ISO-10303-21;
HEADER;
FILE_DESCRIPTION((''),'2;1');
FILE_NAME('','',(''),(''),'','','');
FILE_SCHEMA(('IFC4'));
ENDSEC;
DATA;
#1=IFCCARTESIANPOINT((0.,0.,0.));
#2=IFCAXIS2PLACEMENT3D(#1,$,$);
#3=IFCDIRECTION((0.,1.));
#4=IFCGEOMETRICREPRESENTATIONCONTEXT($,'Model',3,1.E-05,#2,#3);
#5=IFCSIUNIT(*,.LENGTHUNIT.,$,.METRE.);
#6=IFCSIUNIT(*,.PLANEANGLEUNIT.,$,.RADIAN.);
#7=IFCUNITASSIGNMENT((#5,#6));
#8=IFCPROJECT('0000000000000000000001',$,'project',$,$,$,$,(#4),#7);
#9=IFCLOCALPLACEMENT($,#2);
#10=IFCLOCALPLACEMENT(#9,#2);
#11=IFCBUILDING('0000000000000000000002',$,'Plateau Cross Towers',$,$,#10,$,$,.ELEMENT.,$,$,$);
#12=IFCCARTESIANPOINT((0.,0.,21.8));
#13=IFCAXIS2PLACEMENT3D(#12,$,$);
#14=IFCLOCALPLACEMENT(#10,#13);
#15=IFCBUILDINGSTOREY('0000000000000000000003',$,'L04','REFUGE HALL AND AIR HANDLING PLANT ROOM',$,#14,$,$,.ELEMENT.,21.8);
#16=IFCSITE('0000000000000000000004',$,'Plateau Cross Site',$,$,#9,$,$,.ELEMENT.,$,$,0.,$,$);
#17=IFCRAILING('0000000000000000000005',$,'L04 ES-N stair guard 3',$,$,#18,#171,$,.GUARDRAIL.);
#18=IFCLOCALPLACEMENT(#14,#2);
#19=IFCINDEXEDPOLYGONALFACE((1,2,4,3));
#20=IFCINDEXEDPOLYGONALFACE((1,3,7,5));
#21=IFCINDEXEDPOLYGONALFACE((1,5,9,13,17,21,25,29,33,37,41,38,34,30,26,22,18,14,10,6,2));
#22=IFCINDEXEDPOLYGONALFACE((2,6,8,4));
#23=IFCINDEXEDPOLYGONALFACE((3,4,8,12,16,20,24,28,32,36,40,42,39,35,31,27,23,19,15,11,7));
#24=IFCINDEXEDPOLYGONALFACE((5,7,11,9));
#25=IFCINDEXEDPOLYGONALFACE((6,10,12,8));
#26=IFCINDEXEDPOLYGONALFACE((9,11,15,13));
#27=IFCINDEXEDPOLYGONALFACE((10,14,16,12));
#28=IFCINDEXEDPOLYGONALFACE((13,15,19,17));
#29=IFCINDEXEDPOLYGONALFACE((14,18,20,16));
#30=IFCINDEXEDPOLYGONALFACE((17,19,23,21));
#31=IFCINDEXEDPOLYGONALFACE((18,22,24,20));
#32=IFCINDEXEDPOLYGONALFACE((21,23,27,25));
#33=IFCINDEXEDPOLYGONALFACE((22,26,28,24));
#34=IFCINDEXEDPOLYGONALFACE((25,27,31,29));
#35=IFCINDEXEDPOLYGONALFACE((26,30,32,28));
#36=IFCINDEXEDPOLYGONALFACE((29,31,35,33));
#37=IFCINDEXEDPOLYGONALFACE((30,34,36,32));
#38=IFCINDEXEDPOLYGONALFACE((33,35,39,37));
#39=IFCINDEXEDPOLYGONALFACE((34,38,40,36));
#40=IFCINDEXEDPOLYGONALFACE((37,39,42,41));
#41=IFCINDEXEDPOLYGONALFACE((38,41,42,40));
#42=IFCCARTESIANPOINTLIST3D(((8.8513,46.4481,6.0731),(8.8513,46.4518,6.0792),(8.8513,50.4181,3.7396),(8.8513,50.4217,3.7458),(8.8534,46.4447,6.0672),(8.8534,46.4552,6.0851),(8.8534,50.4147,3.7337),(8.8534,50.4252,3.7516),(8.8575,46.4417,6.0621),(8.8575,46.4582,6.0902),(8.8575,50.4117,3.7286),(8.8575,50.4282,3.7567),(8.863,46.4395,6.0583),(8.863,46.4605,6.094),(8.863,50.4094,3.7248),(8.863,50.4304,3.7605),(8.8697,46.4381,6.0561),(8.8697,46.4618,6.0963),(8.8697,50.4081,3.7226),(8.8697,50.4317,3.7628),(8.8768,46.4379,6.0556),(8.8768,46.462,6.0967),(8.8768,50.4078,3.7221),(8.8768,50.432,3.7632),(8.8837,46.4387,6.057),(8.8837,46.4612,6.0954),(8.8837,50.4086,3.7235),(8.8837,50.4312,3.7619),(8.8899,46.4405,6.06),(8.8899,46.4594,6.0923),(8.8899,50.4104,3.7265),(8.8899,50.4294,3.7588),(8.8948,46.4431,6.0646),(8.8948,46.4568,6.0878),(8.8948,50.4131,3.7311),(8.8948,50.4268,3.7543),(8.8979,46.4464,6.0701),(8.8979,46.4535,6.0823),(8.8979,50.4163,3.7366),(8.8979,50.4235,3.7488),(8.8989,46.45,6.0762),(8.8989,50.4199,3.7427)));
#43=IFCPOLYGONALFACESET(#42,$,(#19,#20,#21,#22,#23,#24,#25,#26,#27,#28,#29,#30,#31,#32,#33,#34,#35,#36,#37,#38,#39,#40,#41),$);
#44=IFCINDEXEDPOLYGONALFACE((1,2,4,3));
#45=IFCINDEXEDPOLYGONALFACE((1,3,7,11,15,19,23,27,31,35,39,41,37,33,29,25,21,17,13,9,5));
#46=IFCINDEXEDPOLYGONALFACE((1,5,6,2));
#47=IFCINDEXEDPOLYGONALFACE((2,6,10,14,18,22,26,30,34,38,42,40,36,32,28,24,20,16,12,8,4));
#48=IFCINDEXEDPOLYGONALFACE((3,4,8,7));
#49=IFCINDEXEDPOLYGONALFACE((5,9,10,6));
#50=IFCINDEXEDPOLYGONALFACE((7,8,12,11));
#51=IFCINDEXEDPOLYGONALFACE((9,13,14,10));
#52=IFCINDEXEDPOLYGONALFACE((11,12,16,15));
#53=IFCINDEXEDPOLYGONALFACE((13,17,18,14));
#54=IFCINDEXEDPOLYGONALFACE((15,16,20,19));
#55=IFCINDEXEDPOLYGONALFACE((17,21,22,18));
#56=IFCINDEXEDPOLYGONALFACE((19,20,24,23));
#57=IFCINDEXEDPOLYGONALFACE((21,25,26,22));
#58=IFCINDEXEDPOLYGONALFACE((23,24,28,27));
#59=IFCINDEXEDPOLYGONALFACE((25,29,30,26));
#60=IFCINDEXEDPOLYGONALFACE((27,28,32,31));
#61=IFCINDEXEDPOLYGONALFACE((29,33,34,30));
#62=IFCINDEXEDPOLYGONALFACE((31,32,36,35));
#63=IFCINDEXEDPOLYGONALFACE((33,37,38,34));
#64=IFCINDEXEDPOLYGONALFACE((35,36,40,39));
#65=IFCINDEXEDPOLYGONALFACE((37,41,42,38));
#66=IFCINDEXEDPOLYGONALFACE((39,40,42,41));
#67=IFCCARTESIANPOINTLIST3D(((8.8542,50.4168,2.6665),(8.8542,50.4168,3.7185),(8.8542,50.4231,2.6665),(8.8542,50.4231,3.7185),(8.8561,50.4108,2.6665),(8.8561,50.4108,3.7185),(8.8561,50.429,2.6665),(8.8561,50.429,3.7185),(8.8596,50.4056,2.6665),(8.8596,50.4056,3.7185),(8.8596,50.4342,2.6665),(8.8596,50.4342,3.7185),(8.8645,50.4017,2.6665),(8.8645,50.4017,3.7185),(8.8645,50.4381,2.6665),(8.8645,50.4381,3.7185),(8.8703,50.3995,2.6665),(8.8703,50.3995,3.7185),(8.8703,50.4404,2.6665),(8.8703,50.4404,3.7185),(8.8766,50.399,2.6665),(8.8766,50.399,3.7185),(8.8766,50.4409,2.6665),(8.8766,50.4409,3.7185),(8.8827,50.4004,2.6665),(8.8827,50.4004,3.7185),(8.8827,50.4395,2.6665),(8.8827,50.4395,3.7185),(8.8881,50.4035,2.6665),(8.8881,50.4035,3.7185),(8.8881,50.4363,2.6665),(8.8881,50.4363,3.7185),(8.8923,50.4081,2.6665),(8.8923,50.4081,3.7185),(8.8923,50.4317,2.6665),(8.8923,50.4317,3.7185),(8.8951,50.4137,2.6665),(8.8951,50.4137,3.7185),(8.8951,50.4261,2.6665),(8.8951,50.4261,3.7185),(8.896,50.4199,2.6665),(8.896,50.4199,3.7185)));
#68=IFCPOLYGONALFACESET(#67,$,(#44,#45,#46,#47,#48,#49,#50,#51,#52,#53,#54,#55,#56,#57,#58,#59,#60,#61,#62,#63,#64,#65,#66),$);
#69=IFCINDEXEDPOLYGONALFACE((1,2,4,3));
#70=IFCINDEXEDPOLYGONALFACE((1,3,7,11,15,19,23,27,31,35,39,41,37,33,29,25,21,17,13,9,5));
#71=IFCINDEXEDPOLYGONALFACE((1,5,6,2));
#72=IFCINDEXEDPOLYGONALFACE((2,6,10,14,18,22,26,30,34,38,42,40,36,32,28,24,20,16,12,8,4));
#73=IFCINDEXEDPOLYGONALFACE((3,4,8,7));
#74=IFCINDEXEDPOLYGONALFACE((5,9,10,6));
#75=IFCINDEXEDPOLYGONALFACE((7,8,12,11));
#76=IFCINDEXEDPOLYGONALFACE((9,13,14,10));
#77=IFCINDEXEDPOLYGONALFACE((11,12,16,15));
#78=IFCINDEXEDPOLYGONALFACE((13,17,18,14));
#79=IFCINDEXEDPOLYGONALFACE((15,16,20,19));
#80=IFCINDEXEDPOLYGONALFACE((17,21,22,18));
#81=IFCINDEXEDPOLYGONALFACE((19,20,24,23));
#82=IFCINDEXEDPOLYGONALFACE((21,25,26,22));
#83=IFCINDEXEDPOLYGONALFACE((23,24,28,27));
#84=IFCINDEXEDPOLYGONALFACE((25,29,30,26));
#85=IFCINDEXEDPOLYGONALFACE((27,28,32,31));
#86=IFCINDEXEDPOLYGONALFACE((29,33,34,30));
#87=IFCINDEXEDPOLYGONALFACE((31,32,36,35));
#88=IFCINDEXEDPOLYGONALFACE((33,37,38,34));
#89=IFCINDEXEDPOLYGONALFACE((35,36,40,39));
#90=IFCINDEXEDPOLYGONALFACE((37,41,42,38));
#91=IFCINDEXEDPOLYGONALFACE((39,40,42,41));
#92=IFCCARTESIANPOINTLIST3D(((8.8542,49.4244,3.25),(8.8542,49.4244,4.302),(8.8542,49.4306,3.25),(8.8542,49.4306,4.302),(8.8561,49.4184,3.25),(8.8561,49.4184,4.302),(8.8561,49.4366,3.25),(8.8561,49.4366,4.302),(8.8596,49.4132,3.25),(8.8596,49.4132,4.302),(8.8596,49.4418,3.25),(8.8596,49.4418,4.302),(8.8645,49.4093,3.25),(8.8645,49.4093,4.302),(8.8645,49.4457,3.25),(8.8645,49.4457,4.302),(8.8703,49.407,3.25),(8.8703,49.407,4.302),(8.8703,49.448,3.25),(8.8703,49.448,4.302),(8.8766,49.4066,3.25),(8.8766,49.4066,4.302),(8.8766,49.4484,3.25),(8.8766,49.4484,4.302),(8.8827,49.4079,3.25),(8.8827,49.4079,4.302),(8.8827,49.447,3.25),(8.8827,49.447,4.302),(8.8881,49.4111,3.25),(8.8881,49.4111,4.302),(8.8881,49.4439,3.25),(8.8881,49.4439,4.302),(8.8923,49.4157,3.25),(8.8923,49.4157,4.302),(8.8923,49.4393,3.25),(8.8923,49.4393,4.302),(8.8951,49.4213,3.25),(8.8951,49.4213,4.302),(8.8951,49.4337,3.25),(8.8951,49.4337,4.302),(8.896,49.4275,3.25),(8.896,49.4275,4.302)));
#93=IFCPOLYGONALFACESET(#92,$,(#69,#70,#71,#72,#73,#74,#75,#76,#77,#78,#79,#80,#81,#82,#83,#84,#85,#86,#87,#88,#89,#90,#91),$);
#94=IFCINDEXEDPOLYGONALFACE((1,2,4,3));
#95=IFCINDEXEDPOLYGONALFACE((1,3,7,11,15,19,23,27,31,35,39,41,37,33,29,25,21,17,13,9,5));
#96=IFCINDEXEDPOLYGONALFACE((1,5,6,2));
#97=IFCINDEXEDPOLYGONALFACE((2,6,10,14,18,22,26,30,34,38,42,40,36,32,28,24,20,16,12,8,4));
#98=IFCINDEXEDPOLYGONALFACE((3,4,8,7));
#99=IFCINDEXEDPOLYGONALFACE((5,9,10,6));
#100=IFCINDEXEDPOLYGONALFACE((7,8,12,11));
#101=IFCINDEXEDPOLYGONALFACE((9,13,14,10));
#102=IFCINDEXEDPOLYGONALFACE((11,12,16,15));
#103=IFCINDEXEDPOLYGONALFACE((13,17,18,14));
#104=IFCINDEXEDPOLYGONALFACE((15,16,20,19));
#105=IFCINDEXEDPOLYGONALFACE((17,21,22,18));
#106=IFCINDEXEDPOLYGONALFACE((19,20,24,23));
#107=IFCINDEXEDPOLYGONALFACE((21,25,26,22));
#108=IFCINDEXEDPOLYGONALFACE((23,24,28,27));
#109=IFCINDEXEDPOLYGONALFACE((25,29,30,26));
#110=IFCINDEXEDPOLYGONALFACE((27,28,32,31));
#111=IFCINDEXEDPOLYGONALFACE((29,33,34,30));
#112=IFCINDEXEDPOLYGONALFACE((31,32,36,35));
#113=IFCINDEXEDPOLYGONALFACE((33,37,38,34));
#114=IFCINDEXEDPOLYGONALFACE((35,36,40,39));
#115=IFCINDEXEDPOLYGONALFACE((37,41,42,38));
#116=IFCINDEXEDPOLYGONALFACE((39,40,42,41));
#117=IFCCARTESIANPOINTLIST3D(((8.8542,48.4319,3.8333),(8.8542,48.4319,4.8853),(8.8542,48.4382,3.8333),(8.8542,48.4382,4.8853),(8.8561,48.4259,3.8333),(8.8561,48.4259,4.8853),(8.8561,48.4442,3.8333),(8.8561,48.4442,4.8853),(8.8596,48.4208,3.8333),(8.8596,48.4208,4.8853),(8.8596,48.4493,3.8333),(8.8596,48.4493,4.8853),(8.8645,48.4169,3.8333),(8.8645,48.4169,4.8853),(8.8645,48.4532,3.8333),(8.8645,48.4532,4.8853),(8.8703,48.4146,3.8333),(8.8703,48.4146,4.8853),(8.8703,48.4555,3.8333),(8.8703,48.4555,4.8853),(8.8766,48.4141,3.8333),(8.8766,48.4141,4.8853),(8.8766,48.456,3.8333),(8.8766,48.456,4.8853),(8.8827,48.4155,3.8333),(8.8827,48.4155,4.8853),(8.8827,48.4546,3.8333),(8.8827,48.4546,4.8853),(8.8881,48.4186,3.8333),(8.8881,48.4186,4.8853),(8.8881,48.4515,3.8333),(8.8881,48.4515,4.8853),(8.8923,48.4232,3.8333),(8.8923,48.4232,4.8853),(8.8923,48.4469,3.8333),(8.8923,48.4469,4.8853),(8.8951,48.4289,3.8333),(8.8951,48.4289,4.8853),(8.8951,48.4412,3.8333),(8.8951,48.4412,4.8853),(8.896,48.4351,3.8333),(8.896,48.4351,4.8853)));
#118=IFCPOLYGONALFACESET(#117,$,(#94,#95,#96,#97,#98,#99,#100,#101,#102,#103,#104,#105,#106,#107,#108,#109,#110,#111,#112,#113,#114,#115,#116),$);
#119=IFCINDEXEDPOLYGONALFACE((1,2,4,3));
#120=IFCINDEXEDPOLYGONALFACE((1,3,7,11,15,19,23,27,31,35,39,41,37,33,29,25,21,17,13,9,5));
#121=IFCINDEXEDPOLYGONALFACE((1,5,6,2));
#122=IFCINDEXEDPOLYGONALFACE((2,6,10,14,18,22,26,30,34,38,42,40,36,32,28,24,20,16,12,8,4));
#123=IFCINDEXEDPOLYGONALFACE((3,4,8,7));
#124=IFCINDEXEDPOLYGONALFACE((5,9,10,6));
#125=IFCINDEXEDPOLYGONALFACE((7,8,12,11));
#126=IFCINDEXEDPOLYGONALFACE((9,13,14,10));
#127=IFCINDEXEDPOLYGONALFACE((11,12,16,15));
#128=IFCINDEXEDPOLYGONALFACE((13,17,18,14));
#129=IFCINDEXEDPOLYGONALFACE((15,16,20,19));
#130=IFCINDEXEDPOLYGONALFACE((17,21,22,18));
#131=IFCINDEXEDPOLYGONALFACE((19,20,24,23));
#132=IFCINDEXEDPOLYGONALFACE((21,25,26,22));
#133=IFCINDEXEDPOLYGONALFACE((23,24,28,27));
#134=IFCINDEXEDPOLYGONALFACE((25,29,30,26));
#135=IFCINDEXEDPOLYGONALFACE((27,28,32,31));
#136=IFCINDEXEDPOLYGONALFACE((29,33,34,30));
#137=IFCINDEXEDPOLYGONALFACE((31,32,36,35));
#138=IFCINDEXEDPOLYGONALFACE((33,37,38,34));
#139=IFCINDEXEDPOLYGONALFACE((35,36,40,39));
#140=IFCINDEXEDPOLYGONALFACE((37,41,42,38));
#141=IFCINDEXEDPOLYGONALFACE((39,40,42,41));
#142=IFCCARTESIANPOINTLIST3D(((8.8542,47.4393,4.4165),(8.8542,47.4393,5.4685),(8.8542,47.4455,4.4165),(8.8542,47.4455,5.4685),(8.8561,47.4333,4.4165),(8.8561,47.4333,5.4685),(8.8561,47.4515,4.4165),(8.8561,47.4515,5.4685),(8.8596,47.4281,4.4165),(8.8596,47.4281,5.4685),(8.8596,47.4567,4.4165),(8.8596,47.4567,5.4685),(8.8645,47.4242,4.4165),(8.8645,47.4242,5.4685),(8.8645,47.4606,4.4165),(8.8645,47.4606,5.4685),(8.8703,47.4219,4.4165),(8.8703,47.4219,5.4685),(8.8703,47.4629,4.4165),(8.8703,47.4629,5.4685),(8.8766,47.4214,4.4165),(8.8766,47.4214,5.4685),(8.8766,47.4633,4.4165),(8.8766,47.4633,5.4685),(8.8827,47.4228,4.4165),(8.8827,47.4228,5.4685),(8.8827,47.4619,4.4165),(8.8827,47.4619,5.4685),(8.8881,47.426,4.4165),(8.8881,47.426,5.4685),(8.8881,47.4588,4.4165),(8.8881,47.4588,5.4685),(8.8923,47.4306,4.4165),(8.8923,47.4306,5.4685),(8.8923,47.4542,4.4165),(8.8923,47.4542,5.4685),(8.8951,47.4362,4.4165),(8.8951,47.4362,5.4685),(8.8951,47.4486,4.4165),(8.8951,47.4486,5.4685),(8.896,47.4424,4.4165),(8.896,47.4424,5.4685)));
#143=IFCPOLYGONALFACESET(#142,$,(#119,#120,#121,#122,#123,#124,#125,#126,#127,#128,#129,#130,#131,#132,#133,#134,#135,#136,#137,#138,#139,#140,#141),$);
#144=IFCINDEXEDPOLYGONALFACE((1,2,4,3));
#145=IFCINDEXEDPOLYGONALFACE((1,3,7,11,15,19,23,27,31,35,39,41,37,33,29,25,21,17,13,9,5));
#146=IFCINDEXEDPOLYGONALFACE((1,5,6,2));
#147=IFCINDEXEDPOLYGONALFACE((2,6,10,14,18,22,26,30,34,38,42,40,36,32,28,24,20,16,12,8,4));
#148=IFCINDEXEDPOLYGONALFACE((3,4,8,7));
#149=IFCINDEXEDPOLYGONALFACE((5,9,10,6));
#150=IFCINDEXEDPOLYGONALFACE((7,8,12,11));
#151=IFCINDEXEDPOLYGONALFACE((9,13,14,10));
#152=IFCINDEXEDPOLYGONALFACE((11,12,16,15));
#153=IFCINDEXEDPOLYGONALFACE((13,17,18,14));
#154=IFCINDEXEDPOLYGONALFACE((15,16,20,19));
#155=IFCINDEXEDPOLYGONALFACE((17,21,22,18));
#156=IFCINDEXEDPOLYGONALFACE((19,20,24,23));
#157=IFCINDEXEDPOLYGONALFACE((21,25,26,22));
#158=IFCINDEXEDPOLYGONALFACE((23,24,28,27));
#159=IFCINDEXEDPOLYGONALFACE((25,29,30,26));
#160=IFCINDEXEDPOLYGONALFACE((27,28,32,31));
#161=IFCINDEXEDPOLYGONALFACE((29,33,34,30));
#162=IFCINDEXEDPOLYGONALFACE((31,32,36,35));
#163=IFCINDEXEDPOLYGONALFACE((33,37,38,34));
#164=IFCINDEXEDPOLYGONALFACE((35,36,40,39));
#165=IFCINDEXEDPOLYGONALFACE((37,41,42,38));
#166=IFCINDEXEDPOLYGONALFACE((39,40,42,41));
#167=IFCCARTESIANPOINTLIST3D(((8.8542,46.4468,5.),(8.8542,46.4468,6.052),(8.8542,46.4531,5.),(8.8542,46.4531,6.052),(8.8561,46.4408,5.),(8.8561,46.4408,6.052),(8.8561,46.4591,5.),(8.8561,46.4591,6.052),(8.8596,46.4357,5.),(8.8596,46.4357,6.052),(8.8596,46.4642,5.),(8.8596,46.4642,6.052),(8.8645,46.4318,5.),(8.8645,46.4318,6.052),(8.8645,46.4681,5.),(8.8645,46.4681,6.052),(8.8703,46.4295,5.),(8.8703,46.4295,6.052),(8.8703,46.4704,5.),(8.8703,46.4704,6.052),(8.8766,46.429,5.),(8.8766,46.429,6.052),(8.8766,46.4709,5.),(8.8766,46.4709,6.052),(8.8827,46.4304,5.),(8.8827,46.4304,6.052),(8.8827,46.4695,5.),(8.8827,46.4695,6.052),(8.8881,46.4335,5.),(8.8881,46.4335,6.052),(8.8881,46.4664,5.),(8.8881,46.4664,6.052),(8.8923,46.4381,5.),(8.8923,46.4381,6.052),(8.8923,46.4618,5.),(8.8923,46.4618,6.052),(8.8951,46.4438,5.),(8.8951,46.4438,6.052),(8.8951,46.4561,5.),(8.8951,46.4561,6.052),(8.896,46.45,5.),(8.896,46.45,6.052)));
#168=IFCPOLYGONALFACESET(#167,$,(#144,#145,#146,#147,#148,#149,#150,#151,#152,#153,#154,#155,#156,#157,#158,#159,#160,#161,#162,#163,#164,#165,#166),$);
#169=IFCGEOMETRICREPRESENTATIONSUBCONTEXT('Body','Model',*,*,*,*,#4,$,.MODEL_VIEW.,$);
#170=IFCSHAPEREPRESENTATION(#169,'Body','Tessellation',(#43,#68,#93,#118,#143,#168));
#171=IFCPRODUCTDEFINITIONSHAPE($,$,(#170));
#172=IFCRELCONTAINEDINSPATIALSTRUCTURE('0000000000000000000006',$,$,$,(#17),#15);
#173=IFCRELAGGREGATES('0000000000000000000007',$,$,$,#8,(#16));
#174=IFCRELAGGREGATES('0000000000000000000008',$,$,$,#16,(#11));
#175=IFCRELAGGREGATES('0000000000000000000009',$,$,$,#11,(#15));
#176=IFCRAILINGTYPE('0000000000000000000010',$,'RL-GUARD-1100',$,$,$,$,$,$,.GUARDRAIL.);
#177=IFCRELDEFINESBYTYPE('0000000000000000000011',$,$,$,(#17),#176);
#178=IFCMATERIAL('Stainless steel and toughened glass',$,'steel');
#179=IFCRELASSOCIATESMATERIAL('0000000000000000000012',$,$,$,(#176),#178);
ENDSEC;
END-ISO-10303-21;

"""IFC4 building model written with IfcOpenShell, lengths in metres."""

from ifc_helpers import new_model, si_unit, direction, frame, origin, origin_2d, place, context, subcontext, project, spatial, circle, extrude, material, type_object, element, save


model = new_model("IFC4")

# Units and contexts
model_context = context("Model", 3, precision=1e-05, world=origin(), true_north=direction((0.0, 1.0)))
body_context = subcontext(model_context, "Body", "Model", "MODEL_VIEW")
ifc_project = project(units=[si_unit("LENGTHUNIT", "METRE"), si_unit("PLANEANGLEUNIT", "RADIAN")], contexts=[model_context])

# Site, building, storey
site_placement = place(None, origin())
site = spatial("IfcSite", under=ifc_project, at=site_placement, Name="Plateau Cross Site", CompositionType="ELEMENT", RefElevation=0.0)
building_placement = place(site_placement, origin())
building = spatial("IfcBuilding", under=site, at=building_placement, Name="Plateau Cross Towers", CompositionType="ELEMENT")
storey_placement = place(building_placement, frame((0.0, 0.0, 21.8)))
storey = spatial("IfcBuildingStorey", under=building, at=storey_placement, Name="L04", Description="REFUGE HALL AND AIR HANDLING PLANT ROOM", CompositionType="ELEMENT", Elevation=21.8)

# Railing
ifc_material_1 = material(Name="Stainless steel and toughened glass", Category="steel")
railing_type_1 = type_object("IfcRailingType", Name="RL-GUARD-1100", PredefinedType="GUARDRAIL", material=ifc_material_1)
railing_1_placement = place(storey_placement, frame((8.875, 50.4199, 2.6665)))
element("IfcRailing", 1, at=railing_1_placement, inside=storey, type_object=railing_type_1, Name="L04 ES-N stair guard 3", PredefinedType="GUARDRAIL", context=body_context, shape_type="SweptSolid", body=[
    extrude(circle(Radius=0.0239, at=origin_2d()), frame((0.0, 0.0, 1.0762), z_axis=(0.0, -0.862103, 0.506733), x_axis=(1.0, 0.0, 0.0)), (0.0, 0.0, 1.0), 4.605),
    extrude(circle(Radius=0.021, at=origin_2d()), origin(), (0.0, 0.0, 1.0), 1.052),
    extrude(circle(Radius=0.021, at=origin_2d()), frame((0.0, -0.9924, 0.5835)), (0.0, 0.0, 1.0), 1.052),
    extrude(circle(Radius=0.021, at=origin_2d()), frame((0.0, -1.9849, 1.1667)), (0.0, 0.0, 1.0), 1.052),
    extrude(circle(Radius=0.021, at=origin_2d()), frame((0.0, -2.9775, 1.75)), (0.0, 0.0, 1.0), 1.052),
    extrude(circle(Radius=0.021, at=origin_2d()), frame((0.0, -3.97, 2.3335)), (0.0, 0.0, 1.0), 1.052),
])

save(model, "model.ifc")
